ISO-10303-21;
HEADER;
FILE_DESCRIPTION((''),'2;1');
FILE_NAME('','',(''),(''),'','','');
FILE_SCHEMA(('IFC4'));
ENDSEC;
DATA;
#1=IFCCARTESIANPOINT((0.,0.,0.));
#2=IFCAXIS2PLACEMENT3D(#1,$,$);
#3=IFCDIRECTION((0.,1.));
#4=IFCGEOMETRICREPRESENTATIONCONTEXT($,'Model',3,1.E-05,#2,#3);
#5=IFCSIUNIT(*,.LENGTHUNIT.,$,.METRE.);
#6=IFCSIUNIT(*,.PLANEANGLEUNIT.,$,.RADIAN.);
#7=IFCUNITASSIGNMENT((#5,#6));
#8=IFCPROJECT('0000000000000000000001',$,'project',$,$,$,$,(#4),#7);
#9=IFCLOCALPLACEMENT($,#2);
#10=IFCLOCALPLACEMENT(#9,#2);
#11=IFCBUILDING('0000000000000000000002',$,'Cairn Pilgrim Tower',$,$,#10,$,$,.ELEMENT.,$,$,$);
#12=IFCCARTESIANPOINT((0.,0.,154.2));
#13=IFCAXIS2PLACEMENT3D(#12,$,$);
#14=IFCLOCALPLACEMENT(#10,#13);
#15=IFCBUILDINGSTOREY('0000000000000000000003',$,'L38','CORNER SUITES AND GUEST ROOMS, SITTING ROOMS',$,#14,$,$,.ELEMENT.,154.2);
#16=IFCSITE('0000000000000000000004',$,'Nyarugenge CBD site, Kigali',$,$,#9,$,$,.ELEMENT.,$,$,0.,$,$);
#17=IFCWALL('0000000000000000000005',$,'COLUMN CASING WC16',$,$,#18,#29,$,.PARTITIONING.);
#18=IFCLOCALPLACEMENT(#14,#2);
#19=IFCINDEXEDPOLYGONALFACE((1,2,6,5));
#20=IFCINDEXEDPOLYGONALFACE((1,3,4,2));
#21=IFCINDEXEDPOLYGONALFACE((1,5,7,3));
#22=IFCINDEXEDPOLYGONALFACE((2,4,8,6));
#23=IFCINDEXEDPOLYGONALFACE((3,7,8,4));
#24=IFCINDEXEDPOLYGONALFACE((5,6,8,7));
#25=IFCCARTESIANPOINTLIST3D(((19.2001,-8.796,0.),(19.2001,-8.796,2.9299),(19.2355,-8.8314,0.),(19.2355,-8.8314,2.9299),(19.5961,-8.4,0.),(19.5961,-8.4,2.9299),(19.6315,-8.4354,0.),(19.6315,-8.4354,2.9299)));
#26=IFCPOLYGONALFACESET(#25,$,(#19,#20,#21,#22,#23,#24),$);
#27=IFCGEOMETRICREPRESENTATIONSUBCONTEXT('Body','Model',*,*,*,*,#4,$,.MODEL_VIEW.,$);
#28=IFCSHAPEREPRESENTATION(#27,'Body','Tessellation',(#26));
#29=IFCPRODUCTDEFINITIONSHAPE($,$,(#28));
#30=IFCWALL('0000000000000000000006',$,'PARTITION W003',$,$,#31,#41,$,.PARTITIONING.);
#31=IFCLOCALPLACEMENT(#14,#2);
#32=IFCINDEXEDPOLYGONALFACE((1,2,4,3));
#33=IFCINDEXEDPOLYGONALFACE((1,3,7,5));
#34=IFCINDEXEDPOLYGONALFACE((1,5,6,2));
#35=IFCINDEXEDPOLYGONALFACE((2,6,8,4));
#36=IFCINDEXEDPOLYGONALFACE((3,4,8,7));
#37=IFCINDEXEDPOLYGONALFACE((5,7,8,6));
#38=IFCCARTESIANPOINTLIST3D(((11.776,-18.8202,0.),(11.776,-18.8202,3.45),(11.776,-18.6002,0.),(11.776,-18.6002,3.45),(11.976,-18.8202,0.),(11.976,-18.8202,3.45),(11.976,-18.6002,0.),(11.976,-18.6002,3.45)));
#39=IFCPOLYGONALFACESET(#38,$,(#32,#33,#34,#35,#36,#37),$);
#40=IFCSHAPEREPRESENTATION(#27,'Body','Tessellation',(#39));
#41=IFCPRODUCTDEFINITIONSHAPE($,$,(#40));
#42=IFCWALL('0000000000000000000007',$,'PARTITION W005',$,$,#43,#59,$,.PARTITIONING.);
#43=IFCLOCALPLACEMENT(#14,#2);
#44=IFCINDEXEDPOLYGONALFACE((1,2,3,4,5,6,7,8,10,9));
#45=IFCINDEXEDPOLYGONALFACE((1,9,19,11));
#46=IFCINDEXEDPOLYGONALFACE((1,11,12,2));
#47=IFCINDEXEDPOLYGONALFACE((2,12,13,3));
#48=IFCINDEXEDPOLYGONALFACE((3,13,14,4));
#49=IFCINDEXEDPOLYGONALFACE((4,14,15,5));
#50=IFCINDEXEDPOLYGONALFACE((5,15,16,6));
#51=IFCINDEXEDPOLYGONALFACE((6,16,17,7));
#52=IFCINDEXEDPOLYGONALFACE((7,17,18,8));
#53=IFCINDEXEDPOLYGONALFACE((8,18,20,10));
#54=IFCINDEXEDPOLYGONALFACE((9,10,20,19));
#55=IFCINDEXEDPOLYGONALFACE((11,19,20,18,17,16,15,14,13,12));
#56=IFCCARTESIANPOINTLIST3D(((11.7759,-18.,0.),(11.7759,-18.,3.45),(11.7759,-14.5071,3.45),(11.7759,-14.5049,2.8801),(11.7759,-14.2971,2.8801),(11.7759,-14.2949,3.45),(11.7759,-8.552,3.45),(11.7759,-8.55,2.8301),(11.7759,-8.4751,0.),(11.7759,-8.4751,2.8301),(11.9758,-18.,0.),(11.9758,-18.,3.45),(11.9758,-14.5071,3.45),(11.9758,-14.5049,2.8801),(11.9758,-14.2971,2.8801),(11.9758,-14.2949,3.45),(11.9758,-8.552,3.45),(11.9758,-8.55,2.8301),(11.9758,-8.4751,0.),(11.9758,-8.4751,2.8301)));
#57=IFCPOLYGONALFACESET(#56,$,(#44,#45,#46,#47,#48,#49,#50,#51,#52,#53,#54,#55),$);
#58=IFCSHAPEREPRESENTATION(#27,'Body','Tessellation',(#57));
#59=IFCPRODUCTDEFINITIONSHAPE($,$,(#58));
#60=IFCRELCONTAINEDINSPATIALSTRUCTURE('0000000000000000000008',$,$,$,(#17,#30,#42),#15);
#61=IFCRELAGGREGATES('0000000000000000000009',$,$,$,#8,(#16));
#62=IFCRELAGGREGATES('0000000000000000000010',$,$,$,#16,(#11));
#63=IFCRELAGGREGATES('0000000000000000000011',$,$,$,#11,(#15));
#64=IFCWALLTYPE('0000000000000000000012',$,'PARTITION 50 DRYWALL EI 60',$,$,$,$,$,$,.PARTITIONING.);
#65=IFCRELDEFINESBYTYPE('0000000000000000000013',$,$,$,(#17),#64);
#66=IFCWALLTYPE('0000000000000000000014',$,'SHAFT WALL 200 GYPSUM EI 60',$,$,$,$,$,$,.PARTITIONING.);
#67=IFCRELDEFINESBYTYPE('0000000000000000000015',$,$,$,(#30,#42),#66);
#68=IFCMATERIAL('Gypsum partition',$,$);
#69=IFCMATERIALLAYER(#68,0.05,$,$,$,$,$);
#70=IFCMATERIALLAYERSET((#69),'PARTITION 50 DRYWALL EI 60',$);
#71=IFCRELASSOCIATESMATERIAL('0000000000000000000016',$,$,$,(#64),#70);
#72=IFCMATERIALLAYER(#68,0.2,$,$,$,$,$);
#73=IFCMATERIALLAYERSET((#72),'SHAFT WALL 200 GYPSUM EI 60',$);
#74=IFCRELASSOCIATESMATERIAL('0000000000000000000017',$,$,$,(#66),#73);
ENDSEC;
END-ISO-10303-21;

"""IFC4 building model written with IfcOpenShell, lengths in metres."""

from ifc_helpers import new_model, si_unit, direction, frame, frame_2d, origin, place, context, subcontext, project, spatial, polyline, rectangle, outline, extrude, material, layer, layer_set, type_object, element, save


model = new_model("IFC4")

# Units and contexts
model_context = context("Model", 3, precision=1e-05, world=origin(), true_north=direction((0.0, 1.0)))
body_context = subcontext(model_context, "Body", "Model", "MODEL_VIEW")
ifc_project = project(units=[si_unit("LENGTHUNIT", "METRE"), si_unit("PLANEANGLEUNIT", "RADIAN")], contexts=[model_context])

# Site, building, storey
site_placement = place(None, origin())
site = spatial("IfcSite", under=ifc_project, at=site_placement, Name="Nyarugenge CBD site, Kigali", CompositionType="ELEMENT", RefElevation=0.0)
building_placement = place(site_placement, origin())
building = spatial("IfcBuilding", under=site, at=building_placement, Name="Cairn Pilgrim Tower", CompositionType="ELEMENT")
storey_placement = place(building_placement, frame((0.0, 0.0, 154.2)))
storey = spatial("IfcBuildingStorey", under=building, at=storey_placement, Name="L38", Description="CORNER SUITES AND GUEST ROOMS, SITTING ROOMS", CompositionType="ELEMENT", Elevation=154.2)

# Shared definitions
ifc_material_1 = material(Name="Gypsum partition")

# Walls
ifc_layer_1 = layer(ifc_material_1, 0.05)
ifc_layer_set_1 = layer_set([ifc_layer_1], Name="PARTITION 50 DRYWALL EI 60")
wall_type_1 = type_object("IfcWallType", Name="PARTITION 50 DRYWALL EI 60", PredefinedType="PARTITIONING", material=ifc_layer_set_1)
wall_1_placement = place(storey_placement, frame((19.2178, -8.8137, 0.0), z_axis=(0.0, 0.0, 1.0), x_axis=(0.707107, 0.707107, 0.0)))
element("IfcWall", 1, at=wall_1_placement, inside=storey, type_object=wall_type_1, Name="COLUMN CASING WC16", PredefinedType="PARTITIONING", context=body_context, shape_type="SweptSolid", body=[
    extrude(rectangle(XDim=0.5601, YDim=0.05, at=frame_2d((0.28, 0.0))), origin(), (0.0, 0.0, 1.0), 2.9299),
])
ifc_layer_2 = layer(ifc_material_1, 0.2)
ifc_layer_set_2 = layer_set([ifc_layer_2], Name="SHAFT WALL 200 GYPSUM EI 60")
wall_type_2 = type_object("IfcWallType", Name="SHAFT WALL 200 GYPSUM EI 60", PredefinedType="PARTITIONING", material=ifc_layer_set_2)
wall_2_placement = place(storey_placement, frame((11.876, -18.8201, 0.0), z_axis=(0.0, 0.0, 1.0), x_axis=(0.0, 1.0, 0.0)))
element("IfcWall", 2, at=wall_2_placement, inside=storey, type_object=wall_type_2, Name="PARTITION W003", PredefinedType="PARTITIONING", context=body_context, shape_type="SweptSolid", body=[
    extrude(rectangle(XDim=0.22, YDim=0.2, at=frame_2d((0.1099, 0.0))), origin(), (0.0, 0.0, 1.0), 3.45),
])
wall_3_placement = place(storey_placement, frame((11.876, -18.0, 0.0), z_axis=(0.0, 0.0, 1.0), x_axis=(0.0, 1.0, 0.0)))
element("IfcWall", 3, at=wall_3_placement, inside=storey, type_object=wall_type_2, Name="PARTITION W005", PredefinedType="PARTITIONING", context=body_context, shape_type="SweptSolid", body=[
    extrude(outline(polyline([(0.0, 0.0), (9.5249, 0.0), (9.5249, 2.8301), (9.45, 2.8301), (9.448, 3.45), (3.7051, 3.45), (3.7029, 2.8801), (3.4951, 2.8801), (3.4929, 3.45), (0.0, 3.45), (0.0, 0.0)])), frame((0.0, 0.1001, 0.0), z_axis=(0.0, -1.0, 0.0), x_axis=(1.0, 0.0, 0.0)), (0.0, 0.0, 1.0), 0.2),
])

save(model, "model.ifc")
